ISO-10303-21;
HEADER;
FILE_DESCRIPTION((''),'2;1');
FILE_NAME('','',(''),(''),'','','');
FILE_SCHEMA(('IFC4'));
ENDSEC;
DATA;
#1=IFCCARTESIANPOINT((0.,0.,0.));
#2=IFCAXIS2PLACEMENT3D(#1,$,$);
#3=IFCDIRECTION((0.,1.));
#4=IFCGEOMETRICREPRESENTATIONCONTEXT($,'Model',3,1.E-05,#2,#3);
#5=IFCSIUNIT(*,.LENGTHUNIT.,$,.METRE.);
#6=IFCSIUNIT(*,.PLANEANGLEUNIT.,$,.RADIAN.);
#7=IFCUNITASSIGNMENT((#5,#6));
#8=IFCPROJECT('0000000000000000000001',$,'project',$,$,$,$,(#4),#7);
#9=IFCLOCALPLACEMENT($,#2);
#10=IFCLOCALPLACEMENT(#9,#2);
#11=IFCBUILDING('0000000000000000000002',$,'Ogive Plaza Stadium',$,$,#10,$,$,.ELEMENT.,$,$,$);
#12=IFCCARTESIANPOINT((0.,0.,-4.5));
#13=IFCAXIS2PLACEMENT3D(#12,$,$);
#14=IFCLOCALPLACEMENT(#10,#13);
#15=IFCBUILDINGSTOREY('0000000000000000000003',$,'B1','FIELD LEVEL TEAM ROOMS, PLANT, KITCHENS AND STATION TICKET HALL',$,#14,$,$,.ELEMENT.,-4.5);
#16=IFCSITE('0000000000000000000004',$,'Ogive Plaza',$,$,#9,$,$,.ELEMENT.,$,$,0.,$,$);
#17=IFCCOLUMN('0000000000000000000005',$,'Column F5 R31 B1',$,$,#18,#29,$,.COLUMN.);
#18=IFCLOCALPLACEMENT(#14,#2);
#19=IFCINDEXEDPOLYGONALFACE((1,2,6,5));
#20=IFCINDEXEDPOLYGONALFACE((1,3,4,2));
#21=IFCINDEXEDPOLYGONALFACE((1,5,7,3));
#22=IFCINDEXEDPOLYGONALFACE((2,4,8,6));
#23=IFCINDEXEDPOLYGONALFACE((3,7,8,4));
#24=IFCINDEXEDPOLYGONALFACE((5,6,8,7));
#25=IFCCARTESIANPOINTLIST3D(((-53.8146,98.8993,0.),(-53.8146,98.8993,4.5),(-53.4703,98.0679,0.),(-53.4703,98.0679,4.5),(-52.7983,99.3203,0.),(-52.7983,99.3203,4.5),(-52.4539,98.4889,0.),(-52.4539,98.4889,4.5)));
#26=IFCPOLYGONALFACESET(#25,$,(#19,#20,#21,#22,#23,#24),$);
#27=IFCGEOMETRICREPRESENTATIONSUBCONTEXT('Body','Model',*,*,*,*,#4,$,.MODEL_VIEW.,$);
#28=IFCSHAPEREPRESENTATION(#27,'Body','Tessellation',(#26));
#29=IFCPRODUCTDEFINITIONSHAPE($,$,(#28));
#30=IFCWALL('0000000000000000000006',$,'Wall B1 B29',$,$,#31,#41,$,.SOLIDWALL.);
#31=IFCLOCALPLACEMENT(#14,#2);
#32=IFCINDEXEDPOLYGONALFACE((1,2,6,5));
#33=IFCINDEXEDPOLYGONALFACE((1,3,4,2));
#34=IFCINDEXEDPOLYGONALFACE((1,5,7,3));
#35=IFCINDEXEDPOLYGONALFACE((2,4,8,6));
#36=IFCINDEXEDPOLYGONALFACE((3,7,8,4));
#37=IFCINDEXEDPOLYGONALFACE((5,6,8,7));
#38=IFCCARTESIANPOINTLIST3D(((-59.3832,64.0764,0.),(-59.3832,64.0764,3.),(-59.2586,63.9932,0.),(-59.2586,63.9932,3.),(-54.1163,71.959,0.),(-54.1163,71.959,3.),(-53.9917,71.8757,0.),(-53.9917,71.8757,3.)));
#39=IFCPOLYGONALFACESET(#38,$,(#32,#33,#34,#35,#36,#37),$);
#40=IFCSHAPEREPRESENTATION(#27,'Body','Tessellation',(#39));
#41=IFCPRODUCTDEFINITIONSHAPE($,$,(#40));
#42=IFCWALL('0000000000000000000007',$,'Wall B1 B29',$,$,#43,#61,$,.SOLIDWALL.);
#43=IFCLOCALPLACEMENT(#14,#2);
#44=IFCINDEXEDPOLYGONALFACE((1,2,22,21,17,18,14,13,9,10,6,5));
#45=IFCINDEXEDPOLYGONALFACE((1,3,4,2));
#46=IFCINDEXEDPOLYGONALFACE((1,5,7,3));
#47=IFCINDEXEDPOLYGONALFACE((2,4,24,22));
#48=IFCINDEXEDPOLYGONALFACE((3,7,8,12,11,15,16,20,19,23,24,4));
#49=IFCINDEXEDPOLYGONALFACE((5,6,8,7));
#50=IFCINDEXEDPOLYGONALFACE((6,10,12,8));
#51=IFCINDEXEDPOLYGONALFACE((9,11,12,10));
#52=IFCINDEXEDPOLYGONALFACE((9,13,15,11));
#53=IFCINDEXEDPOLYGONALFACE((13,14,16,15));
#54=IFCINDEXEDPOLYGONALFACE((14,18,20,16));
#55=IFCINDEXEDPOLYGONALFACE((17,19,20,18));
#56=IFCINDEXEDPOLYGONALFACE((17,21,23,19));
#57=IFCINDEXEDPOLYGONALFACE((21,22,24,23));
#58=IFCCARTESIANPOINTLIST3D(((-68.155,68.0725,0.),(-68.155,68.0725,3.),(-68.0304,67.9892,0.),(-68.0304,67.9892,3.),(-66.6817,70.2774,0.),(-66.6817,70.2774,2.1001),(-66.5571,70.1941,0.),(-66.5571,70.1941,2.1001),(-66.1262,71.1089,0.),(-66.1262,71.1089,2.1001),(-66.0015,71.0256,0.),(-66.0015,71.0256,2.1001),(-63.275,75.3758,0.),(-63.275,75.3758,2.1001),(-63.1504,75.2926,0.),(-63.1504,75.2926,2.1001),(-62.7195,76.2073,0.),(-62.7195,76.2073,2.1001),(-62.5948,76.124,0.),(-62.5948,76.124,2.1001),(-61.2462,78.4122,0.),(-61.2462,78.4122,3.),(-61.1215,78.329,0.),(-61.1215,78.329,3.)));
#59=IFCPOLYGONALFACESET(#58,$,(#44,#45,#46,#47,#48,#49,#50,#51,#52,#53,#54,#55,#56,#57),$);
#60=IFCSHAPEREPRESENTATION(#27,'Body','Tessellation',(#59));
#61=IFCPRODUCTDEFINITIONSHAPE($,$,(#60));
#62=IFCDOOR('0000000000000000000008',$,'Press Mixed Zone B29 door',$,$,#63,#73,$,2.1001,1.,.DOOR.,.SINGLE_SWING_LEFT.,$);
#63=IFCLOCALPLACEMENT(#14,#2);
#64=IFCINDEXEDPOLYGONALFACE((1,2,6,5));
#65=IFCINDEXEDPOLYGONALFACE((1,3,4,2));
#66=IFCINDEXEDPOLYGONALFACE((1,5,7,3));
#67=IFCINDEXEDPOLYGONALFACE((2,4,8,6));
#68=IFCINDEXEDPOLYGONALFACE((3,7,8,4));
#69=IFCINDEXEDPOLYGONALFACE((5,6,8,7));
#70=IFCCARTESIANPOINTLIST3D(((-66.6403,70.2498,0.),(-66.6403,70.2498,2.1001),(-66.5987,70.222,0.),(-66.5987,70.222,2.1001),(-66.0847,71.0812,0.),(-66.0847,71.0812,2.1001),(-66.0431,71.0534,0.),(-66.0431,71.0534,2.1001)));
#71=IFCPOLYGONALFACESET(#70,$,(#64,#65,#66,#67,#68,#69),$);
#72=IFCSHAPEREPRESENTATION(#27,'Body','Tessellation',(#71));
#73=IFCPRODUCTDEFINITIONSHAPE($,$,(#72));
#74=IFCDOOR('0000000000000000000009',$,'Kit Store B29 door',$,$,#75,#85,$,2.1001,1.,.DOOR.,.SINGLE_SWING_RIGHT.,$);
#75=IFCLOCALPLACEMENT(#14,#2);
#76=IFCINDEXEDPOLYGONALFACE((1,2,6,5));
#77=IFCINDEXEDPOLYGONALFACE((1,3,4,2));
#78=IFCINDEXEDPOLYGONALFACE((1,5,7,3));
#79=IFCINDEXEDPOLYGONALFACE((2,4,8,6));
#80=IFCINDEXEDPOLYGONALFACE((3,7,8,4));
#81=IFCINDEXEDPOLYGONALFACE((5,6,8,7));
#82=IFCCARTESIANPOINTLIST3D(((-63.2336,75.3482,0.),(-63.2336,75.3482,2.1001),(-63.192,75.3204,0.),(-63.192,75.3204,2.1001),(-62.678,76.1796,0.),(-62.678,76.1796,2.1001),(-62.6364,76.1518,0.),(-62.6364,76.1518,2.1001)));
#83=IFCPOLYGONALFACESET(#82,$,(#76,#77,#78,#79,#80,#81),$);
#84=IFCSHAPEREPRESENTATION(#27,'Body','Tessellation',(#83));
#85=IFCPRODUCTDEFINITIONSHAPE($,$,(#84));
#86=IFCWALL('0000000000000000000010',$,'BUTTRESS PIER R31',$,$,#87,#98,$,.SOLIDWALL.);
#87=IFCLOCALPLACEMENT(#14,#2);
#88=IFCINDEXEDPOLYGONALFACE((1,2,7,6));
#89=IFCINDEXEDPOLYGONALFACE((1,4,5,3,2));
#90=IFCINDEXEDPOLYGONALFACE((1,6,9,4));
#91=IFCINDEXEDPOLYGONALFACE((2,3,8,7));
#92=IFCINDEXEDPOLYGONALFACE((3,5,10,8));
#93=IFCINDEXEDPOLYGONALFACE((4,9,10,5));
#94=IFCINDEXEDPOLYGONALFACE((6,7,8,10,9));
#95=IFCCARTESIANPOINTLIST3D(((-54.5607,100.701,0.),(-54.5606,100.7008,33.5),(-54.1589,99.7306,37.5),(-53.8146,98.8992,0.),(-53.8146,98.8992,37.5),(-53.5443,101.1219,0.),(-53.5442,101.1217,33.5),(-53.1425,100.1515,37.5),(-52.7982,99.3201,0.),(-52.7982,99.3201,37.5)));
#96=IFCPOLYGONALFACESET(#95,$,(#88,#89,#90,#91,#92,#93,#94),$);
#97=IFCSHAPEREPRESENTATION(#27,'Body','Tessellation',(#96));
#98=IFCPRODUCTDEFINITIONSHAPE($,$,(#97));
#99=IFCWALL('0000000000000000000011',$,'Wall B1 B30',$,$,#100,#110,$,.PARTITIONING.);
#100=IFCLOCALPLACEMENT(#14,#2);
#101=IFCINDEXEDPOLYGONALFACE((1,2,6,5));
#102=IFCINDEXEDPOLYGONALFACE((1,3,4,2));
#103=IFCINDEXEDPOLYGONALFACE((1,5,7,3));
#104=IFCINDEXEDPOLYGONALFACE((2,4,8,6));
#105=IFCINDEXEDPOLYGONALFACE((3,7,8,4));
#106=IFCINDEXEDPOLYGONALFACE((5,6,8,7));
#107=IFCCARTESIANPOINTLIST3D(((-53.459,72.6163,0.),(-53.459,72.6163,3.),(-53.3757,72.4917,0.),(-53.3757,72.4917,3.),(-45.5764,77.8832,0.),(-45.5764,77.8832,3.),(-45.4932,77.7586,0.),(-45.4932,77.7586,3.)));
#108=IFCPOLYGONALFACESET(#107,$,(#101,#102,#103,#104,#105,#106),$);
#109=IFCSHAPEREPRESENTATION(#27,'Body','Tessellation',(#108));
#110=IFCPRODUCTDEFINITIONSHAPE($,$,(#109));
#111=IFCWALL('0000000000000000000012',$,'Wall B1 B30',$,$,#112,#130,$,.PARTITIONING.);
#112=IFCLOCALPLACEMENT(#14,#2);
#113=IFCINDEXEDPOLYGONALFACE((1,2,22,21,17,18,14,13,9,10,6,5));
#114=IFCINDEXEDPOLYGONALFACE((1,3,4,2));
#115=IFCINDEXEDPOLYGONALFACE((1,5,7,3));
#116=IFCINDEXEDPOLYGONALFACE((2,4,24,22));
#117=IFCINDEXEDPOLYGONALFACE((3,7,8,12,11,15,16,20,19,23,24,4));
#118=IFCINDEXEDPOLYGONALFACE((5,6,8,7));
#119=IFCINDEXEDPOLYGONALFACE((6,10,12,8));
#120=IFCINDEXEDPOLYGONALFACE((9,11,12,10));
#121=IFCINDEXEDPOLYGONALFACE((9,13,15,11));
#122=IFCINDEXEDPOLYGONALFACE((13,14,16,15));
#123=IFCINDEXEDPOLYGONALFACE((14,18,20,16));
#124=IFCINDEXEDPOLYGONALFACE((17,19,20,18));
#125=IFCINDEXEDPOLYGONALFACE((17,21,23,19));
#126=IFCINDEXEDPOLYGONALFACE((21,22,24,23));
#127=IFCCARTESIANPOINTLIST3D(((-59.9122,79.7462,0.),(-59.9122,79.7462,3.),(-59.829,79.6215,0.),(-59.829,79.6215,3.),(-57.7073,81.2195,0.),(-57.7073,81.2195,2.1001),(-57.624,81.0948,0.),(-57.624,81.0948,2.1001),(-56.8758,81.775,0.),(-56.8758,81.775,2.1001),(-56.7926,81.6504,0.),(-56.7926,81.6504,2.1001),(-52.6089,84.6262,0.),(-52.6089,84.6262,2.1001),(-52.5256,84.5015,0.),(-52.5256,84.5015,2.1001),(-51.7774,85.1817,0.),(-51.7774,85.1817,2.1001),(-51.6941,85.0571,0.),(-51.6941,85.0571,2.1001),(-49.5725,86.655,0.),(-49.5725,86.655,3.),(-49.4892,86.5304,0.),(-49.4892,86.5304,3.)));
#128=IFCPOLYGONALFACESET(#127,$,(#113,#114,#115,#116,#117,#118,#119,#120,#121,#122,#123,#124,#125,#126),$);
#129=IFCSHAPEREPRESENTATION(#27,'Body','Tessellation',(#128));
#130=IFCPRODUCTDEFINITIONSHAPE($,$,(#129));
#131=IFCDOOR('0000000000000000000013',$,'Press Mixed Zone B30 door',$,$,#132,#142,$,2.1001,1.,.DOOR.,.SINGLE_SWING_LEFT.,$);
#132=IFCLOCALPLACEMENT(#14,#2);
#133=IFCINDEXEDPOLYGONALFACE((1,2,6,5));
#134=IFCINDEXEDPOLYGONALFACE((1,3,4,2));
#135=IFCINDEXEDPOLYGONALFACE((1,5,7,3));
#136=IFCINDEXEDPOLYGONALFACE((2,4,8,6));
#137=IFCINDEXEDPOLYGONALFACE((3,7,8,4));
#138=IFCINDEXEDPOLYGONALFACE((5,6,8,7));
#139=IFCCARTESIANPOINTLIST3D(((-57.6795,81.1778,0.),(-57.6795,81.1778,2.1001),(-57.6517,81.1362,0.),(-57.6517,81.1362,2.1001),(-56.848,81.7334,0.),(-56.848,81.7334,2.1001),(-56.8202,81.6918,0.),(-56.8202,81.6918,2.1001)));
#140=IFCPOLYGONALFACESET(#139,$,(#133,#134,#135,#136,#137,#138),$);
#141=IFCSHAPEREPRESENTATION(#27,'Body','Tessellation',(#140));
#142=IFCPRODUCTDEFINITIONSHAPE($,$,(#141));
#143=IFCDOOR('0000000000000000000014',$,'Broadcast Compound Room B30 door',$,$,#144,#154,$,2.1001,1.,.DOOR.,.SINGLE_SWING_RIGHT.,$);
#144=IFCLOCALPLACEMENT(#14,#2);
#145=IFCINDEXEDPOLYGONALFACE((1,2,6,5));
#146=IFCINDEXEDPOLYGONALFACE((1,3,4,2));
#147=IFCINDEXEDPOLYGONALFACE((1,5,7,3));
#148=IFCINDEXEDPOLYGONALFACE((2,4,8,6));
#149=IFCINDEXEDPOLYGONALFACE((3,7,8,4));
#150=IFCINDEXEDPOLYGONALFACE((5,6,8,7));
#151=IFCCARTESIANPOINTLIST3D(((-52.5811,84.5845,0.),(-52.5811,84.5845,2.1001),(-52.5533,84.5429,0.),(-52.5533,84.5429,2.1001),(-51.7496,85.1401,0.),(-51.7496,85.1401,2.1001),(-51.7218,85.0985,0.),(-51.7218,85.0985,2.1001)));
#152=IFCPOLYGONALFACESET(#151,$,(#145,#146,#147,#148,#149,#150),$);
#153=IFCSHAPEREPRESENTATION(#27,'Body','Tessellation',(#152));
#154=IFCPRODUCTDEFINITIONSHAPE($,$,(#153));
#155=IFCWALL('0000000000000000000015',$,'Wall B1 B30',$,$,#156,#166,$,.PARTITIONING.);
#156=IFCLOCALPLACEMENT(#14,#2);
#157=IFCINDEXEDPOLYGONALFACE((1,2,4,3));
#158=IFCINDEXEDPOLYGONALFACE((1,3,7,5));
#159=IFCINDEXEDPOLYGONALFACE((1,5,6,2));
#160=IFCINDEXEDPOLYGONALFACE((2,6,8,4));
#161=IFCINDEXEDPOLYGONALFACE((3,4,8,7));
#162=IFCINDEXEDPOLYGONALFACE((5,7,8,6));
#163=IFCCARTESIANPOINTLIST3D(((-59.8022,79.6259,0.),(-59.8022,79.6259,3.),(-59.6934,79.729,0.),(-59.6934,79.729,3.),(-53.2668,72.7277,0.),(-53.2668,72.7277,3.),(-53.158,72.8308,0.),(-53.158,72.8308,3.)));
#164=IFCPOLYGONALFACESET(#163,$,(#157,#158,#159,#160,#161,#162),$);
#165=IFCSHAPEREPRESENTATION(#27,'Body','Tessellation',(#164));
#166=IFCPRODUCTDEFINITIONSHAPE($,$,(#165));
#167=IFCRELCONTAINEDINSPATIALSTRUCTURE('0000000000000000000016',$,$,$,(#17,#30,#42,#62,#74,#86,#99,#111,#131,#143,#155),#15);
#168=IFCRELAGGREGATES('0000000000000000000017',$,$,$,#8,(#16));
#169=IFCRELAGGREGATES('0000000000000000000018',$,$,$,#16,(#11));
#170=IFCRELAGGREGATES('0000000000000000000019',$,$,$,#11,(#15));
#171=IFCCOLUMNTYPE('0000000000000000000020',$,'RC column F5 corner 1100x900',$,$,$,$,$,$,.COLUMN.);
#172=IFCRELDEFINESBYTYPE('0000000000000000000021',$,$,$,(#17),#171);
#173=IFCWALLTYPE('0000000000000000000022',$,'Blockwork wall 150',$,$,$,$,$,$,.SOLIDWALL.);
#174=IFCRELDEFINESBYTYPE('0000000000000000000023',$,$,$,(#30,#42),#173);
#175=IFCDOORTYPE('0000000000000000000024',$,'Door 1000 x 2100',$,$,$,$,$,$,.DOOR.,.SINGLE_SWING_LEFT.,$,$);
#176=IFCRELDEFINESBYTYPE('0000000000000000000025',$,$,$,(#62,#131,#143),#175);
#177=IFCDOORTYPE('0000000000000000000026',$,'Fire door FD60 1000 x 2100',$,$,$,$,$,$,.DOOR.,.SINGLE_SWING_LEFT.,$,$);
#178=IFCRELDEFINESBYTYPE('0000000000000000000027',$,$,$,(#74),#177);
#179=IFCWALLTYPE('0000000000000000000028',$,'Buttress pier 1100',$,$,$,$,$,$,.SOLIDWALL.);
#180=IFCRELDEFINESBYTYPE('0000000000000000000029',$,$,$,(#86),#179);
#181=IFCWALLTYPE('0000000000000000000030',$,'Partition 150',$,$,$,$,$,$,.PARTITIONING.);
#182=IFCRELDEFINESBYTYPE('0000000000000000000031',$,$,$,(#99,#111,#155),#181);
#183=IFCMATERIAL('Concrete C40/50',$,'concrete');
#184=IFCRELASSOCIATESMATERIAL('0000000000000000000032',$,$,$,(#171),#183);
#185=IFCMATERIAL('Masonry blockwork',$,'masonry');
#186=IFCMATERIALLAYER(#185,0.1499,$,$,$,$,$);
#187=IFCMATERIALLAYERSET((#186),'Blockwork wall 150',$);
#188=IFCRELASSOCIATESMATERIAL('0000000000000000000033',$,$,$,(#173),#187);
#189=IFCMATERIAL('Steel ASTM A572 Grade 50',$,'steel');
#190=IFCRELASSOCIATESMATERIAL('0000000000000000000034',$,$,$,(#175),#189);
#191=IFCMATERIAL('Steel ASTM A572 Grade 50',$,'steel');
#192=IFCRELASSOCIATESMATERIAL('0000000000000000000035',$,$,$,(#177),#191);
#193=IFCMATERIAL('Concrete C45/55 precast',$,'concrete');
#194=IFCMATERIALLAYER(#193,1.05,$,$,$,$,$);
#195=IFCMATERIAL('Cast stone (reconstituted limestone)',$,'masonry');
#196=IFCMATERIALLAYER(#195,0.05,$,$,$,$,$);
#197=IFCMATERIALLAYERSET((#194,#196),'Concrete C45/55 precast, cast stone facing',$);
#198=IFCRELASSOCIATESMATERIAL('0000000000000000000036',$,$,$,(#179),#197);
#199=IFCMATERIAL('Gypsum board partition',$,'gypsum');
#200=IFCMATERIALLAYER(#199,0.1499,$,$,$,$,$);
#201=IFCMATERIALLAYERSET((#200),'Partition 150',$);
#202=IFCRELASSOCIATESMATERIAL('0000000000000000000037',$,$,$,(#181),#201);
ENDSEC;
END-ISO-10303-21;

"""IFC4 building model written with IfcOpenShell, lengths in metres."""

from ifc_helpers import new_model, si_unit, direction, frame, frame_2d, origin, origin_2d, place, context, subcontext, project, spatial, polyline, rectangle, outline, extrude, material, layer, layer_set, material_profile, profile_set, type_object, element, fill, save


model = new_model("IFC4")

# Units and contexts
model_context = context("Model", 3, precision=1e-05, world=origin(), true_north=direction((0.0, 1.0)))
body_context = subcontext(model_context, "Body", "Model", "MODEL_VIEW")
ifc_project = project(units=[si_unit("LENGTHUNIT", "METRE"), si_unit("PLANEANGLEUNIT", "RADIAN")], contexts=[model_context])

# Site, building, storey
site_placement = place(None, origin())
site = spatial("IfcSite", under=ifc_project, at=site_placement, Name="Ogive Plaza", CompositionType="ELEMENT", RefElevation=0.0)
building_placement = place(site_placement, origin())
building = spatial("IfcBuilding", under=site, at=building_placement, Name="Ogive Plaza Stadium", CompositionType="ELEMENT")
storey_placement = place(building_placement, frame((0.0, 0.0, -4.5)))
storey = spatial("IfcBuildingStorey", under=building, at=storey_placement, Name="B1", Description="FIELD LEVEL TEAM ROOMS, PLANT, KITCHENS AND STATION TICKET HALL", CompositionType="ELEMENT", Elevation=-4.5)

# Column
ifc_material_1 = material(Name="Concrete C40/50", Category="concrete")
ifc_material_profile_1 = material_profile(ifc_material_1, rectangle(XDim=1.1001, YDim=0.8999, at=origin_2d()), Name="RC 1100x900")
ifc_profile_set_1 = profile_set([ifc_material_profile_1], Name="Concrete C40/50")
column_type_1 = type_object("IfcColumnType", Name="RC column F5 corner 1100x900", PredefinedType="COLUMN", material=ifc_profile_set_1)
column_1_placement = place(storey_placement, frame((-53.1343, 98.6941, 0.0), z_axis=(0.0, 0.0, 1.0), x_axis=(-0.92388, -0.382683, 0.0)))
element("IfcColumn", 1, at=column_1_placement, inside=storey, type_object=column_type_1, Name="Column F5 R31 B1", PredefinedType="COLUMN", context=body_context, shape_type="SweptSolid", body=[
    extrude(rectangle(XDim=1.1001, YDim=0.8999, at=origin_2d()), origin(), (0.0, 0.0, 1.0), 4.5),
])

# Wall
ifc_material_2 = material(Name="Masonry blockwork", Category="masonry")
ifc_layer_1 = layer(ifc_material_2, 0.1499)
ifc_layer_set_1 = layer_set([ifc_layer_1], Name="Blockwork wall 150")
wall_type_1 = type_object("IfcWallType", Name="Blockwork wall 150", PredefinedType="SOLIDWALL", material=ifc_layer_set_1)
wall_1_placement = place(storey_placement, frame((-54.054, 71.9175, 0.0), z_axis=(0.0, 0.0, 1.0), x_axis=(-0.555562, -0.831475, 0.0)))
element("IfcWall", 2, at=wall_1_placement, inside=storey, type_object=wall_type_1, Name="Wall B1 B29", PredefinedType="SOLIDWALL", context=body_context, shape_type="SweptSolid", body=[
    extrude(rectangle(XDim=9.4802, YDim=0.1499, at=frame_2d((4.7402, 0.0))), origin(), (0.0, 0.0, 1.0), 3.0),
])

# Wall, openings, doors
wall_2_placement = place(storey_placement, frame((-61.1838, 78.3706, 0.0), z_axis=(0.0, 0.0, 1.0), x_axis=(-0.555574, -0.831467, 0.0)))
wall_2 = element("IfcWall", 3, at=wall_2_placement, inside=storey, type_object=wall_type_1, Name="Wall B1 B29", PredefinedType="SOLIDWALL", context=body_context, shape_type="SweptSolid", body=[
    extrude(rectangle(XDim=12.4355, YDim=0.1499, at=frame_2d((6.2178, 0.0))), origin(), (0.0, 0.0, 1.0), 3.0),
])
opening_1_placement = place(wall_2_placement, frame((2.6519, 0.0, 0.0)))
opening_1 = element("IfcOpeningElement", 4, at=opening_1_placement, cuts=wall_2, PredefinedType="OPENING", context=body_context, shape_type="SweptSolid", body=[
    extrude(rectangle(XDim=1.0, YDim=2.1001, at=frame_2d((0.5, 1.05))), frame((0.0, 0.075, 0.0), z_axis=(0.0, -1.0, 0.0), x_axis=(1.0, 0.0, 0.0)), (0.0, 0.0, 1.0), 0.1499),
])
opening_2_placement = place(wall_2_placement, frame((8.7837, 0.0, 0.0)))
opening_2 = element("IfcOpeningElement", 5, at=opening_2_placement, cuts=wall_2, PredefinedType="OPENING", context=body_context, shape_type="SweptSolid", body=[
    extrude(rectangle(XDim=1.0, YDim=2.1001, at=frame_2d((0.5, 1.05))), frame((0.0, 0.075, 0.0), z_axis=(0.0, -1.0, 0.0), x_axis=(1.0, 0.0, 0.0)), (0.0, 0.0, 1.0), 0.1499),
])
ifc_material_3 = material(Name="Steel ASTM A572 Grade 50", Category="steel")
door_type_1 = type_object("IfcDoorType", Name="Door 1000 x 2100", OperationType="SINGLE_SWING_LEFT", PredefinedType="DOOR", material=ifc_material_3)
door_1_placement = place(opening_2_placement, origin())
door_1 = element("IfcDoor", 6, at=door_1_placement, inside=storey, type_object=door_type_1, Name="Press Mixed Zone B29 door", OperationType="SINGLE_SWING_LEFT", OverallHeight=2.1001, OverallWidth=1.0, PredefinedType="DOOR", context=body_context, shape_type="SweptSolid", body=[
    extrude(rectangle(XDim=1.0, YDim=2.1001, at=frame_2d((0.5, 1.05))), frame((0.0, 0.0249, 0.0), z_axis=(0.0, -1.0, 0.0), x_axis=(1.0, 0.0, 0.0)), (0.0, 0.0, 1.0), 0.05),
])
fill(opening_2, door_1)
ifc_material_4 = material(Name="Steel ASTM A572 Grade 50", Category="steel")
door_type_2 = type_object("IfcDoorType", Name="Fire door FD60 1000 x 2100", OperationType="SINGLE_SWING_LEFT", PredefinedType="DOOR", material=ifc_material_4)
door_2_placement = place(opening_1_placement, origin())
door_2 = element("IfcDoor", 7, at=door_2_placement, inside=storey, type_object=door_type_2, Name="Kit Store B29 door", OperationType="SINGLE_SWING_RIGHT", OverallHeight=2.1001, OverallWidth=1.0, PredefinedType="DOOR", context=body_context, shape_type="SweptSolid", body=[
    extrude(rectangle(XDim=1.0, YDim=2.1001, at=frame_2d((0.5, 1.05))), frame((0.0, 0.0249, 0.0), z_axis=(0.0, -1.0, 0.0), x_axis=(1.0, 0.0, 0.0)), (0.0, 0.0, 1.0), 0.05),
])
fill(opening_1, door_2)

# Walls
ifc_material_5 = material(Name="Concrete C45/55 precast", Category="concrete")
ifc_layer_2 = layer(ifc_material_5, 1.05)
ifc_material_6 = material(Name="Cast stone (reconstituted limestone)", Category="masonry")
ifc_layer_3 = layer(ifc_material_6, 0.05)
ifc_layer_set_2 = layer_set([ifc_layer_2, ifc_layer_3], Name="Concrete C45/55 precast, cast stone facing")
wall_type_2 = type_object("IfcWallType", Name="Buttress pier 1100", PredefinedType="SOLIDWALL", material=ifc_layer_set_2)
wall_3_placement = place(storey_placement, frame((-53.3064, 99.1096, 0.0), z_axis=(0.0, 0.0, 1.0), x_axis=(-0.382588, 0.923919, 0.0)))
element("IfcWall", 8, at=wall_3_placement, inside=storey, type_object=wall_type_2, Name="BUTTRESS PIER R31", PredefinedType="SOLIDWALL", context=body_context, shape_type="SweptSolid", body=[
    extrude(outline(polyline([(0.0, 0.0), (1.9502, 0.0), (1.95, 33.5), (0.8999, 37.5), (0.0, 37.5), (0.0, 0.0)])), frame((0.0, 0.55, 0.0), z_axis=(0.0, -1.0, 0.0), x_axis=(1.0, 0.0, 0.0)), (0.0, 0.0, 1.0), 1.1001),
])
ifc_material_7 = material(Name="Gypsum board partition", Category="gypsum")
ifc_layer_4 = layer(ifc_material_7, 0.1499)
ifc_layer_set_3 = layer_set([ifc_layer_4], Name="Partition 150")
wall_type_3 = type_object("IfcWallType", Name="Partition 150", PredefinedType="PARTITIONING", material=ifc_layer_set_3)
wall_4_placement = place(storey_placement, frame((-53.4175, 72.554, 0.0), z_axis=(0.0, 0.0, 1.0), x_axis=(0.831475, 0.555562, 0.0)))
element("IfcWall", 9, at=wall_4_placement, inside=storey, type_object=wall_type_3, Name="Wall B1 B30", PredefinedType="PARTITIONING", context=body_context, shape_type="SweptSolid", body=[
    extrude(rectangle(XDim=9.4802, YDim=0.1499, at=frame_2d((4.7402, 0.0))), origin(), (0.0, 0.0, 1.0), 3.0),
])

# Wall, openings, doors
wall_5_placement = place(storey_placement, frame((-59.8706, 79.6838, 0.0), z_axis=(0.0, 0.0, 1.0), x_axis=(0.831467, 0.555574, 0.0)))
wall_5 = element("IfcWall", 10, at=wall_5_placement, inside=storey, type_object=wall_type_3, Name="Wall B1 B30", PredefinedType="PARTITIONING", context=body_context, shape_type="SweptSolid", body=[
    extrude(rectangle(XDim=12.4355, YDim=0.1499, at=frame_2d((6.2178, 0.0))), origin(), (0.0, 0.0, 1.0), 3.0),
])
opening_3_placement = place(wall_5_placement, frame((2.6519, 0.0, 0.0)))
opening_3 = element("IfcOpeningElement", 11, at=opening_3_placement, cuts=wall_5, PredefinedType="OPENING", context=body_context, shape_type="SweptSolid", body=[
    extrude(rectangle(XDim=1.0, YDim=2.1001, at=frame_2d((0.5, 1.05))), frame((0.0, 0.075, 0.0), z_axis=(0.0, -1.0, 0.0), x_axis=(1.0, 0.0, 0.0)), (0.0, 0.0, 1.0), 0.1499),
])
opening_4_placement = place(wall_5_placement, frame((8.7837, 0.0, 0.0)))
opening_4 = element("IfcOpeningElement", 12, at=opening_4_placement, cuts=wall_5, PredefinedType="OPENING", context=body_context, shape_type="SweptSolid", body=[
    extrude(rectangle(XDim=1.0, YDim=2.1001, at=frame_2d((0.5, 1.05))), frame((0.0, 0.075, 0.0), z_axis=(0.0, -1.0, 0.0), x_axis=(1.0, 0.0, 0.0)), (0.0, 0.0, 1.0), 0.1499),
])
door_3_placement = place(opening_3_placement, origin())
door_3 = element("IfcDoor", 13, at=door_3_placement, inside=storey, type_object=door_type_1, Name="Press Mixed Zone B30 door", OperationType="SINGLE_SWING_LEFT", OverallHeight=2.1001, OverallWidth=1.0, PredefinedType="DOOR", context=body_context, shape_type="SweptSolid", body=[
    extrude(rectangle(XDim=1.0, YDim=2.1001, at=frame_2d((0.5, 1.05))), frame((0.0, 0.0249, 0.0), z_axis=(0.0, -1.0, 0.0), x_axis=(1.0, 0.0, 0.0)), (0.0, 0.0, 1.0), 0.05),
])
fill(opening_3, door_3)
door_4_placement = place(opening_4_placement, origin())
door_4 = element("IfcDoor", 14, at=door_4_placement, inside=storey, type_object=door_type_1, Name="Broadcast Compound Room B30 door", OperationType="SINGLE_SWING_RIGHT", OverallHeight=2.1001, OverallWidth=1.0, PredefinedType="DOOR", context=body_context, shape_type="SweptSolid", body=[
    extrude(rectangle(XDim=1.0, YDim=2.1001, at=frame_2d((0.5, 1.05))), frame((0.0, 0.0249, 0.0), z_axis=(0.0, -1.0, 0.0), x_axis=(1.0, 0.0, 0.0)), (0.0, 0.0, 1.0), 0.05),
])
fill(opening_4, door_4)

# Wall
wall_6_placement = place(storey_placement, frame((-53.2124, 72.7793, 0.0), z_axis=(0.0, 0.0, 1.0), x_axis=(-0.68776, 0.725939, 0.0)))
element("IfcWall", 15, at=wall_6_placement, inside=storey, type_object=wall_type_3, Name="Wall B1 B30", PredefinedType="PARTITIONING", context=body_context, shape_type="SweptSolid", body=[
    extrude(rectangle(XDim=9.5024, YDim=0.1499, at=frame_2d((4.7512, 0.0))), origin(), (0.0, 0.0, 1.0), 3.0),
])

save(model, "model.ifc")
